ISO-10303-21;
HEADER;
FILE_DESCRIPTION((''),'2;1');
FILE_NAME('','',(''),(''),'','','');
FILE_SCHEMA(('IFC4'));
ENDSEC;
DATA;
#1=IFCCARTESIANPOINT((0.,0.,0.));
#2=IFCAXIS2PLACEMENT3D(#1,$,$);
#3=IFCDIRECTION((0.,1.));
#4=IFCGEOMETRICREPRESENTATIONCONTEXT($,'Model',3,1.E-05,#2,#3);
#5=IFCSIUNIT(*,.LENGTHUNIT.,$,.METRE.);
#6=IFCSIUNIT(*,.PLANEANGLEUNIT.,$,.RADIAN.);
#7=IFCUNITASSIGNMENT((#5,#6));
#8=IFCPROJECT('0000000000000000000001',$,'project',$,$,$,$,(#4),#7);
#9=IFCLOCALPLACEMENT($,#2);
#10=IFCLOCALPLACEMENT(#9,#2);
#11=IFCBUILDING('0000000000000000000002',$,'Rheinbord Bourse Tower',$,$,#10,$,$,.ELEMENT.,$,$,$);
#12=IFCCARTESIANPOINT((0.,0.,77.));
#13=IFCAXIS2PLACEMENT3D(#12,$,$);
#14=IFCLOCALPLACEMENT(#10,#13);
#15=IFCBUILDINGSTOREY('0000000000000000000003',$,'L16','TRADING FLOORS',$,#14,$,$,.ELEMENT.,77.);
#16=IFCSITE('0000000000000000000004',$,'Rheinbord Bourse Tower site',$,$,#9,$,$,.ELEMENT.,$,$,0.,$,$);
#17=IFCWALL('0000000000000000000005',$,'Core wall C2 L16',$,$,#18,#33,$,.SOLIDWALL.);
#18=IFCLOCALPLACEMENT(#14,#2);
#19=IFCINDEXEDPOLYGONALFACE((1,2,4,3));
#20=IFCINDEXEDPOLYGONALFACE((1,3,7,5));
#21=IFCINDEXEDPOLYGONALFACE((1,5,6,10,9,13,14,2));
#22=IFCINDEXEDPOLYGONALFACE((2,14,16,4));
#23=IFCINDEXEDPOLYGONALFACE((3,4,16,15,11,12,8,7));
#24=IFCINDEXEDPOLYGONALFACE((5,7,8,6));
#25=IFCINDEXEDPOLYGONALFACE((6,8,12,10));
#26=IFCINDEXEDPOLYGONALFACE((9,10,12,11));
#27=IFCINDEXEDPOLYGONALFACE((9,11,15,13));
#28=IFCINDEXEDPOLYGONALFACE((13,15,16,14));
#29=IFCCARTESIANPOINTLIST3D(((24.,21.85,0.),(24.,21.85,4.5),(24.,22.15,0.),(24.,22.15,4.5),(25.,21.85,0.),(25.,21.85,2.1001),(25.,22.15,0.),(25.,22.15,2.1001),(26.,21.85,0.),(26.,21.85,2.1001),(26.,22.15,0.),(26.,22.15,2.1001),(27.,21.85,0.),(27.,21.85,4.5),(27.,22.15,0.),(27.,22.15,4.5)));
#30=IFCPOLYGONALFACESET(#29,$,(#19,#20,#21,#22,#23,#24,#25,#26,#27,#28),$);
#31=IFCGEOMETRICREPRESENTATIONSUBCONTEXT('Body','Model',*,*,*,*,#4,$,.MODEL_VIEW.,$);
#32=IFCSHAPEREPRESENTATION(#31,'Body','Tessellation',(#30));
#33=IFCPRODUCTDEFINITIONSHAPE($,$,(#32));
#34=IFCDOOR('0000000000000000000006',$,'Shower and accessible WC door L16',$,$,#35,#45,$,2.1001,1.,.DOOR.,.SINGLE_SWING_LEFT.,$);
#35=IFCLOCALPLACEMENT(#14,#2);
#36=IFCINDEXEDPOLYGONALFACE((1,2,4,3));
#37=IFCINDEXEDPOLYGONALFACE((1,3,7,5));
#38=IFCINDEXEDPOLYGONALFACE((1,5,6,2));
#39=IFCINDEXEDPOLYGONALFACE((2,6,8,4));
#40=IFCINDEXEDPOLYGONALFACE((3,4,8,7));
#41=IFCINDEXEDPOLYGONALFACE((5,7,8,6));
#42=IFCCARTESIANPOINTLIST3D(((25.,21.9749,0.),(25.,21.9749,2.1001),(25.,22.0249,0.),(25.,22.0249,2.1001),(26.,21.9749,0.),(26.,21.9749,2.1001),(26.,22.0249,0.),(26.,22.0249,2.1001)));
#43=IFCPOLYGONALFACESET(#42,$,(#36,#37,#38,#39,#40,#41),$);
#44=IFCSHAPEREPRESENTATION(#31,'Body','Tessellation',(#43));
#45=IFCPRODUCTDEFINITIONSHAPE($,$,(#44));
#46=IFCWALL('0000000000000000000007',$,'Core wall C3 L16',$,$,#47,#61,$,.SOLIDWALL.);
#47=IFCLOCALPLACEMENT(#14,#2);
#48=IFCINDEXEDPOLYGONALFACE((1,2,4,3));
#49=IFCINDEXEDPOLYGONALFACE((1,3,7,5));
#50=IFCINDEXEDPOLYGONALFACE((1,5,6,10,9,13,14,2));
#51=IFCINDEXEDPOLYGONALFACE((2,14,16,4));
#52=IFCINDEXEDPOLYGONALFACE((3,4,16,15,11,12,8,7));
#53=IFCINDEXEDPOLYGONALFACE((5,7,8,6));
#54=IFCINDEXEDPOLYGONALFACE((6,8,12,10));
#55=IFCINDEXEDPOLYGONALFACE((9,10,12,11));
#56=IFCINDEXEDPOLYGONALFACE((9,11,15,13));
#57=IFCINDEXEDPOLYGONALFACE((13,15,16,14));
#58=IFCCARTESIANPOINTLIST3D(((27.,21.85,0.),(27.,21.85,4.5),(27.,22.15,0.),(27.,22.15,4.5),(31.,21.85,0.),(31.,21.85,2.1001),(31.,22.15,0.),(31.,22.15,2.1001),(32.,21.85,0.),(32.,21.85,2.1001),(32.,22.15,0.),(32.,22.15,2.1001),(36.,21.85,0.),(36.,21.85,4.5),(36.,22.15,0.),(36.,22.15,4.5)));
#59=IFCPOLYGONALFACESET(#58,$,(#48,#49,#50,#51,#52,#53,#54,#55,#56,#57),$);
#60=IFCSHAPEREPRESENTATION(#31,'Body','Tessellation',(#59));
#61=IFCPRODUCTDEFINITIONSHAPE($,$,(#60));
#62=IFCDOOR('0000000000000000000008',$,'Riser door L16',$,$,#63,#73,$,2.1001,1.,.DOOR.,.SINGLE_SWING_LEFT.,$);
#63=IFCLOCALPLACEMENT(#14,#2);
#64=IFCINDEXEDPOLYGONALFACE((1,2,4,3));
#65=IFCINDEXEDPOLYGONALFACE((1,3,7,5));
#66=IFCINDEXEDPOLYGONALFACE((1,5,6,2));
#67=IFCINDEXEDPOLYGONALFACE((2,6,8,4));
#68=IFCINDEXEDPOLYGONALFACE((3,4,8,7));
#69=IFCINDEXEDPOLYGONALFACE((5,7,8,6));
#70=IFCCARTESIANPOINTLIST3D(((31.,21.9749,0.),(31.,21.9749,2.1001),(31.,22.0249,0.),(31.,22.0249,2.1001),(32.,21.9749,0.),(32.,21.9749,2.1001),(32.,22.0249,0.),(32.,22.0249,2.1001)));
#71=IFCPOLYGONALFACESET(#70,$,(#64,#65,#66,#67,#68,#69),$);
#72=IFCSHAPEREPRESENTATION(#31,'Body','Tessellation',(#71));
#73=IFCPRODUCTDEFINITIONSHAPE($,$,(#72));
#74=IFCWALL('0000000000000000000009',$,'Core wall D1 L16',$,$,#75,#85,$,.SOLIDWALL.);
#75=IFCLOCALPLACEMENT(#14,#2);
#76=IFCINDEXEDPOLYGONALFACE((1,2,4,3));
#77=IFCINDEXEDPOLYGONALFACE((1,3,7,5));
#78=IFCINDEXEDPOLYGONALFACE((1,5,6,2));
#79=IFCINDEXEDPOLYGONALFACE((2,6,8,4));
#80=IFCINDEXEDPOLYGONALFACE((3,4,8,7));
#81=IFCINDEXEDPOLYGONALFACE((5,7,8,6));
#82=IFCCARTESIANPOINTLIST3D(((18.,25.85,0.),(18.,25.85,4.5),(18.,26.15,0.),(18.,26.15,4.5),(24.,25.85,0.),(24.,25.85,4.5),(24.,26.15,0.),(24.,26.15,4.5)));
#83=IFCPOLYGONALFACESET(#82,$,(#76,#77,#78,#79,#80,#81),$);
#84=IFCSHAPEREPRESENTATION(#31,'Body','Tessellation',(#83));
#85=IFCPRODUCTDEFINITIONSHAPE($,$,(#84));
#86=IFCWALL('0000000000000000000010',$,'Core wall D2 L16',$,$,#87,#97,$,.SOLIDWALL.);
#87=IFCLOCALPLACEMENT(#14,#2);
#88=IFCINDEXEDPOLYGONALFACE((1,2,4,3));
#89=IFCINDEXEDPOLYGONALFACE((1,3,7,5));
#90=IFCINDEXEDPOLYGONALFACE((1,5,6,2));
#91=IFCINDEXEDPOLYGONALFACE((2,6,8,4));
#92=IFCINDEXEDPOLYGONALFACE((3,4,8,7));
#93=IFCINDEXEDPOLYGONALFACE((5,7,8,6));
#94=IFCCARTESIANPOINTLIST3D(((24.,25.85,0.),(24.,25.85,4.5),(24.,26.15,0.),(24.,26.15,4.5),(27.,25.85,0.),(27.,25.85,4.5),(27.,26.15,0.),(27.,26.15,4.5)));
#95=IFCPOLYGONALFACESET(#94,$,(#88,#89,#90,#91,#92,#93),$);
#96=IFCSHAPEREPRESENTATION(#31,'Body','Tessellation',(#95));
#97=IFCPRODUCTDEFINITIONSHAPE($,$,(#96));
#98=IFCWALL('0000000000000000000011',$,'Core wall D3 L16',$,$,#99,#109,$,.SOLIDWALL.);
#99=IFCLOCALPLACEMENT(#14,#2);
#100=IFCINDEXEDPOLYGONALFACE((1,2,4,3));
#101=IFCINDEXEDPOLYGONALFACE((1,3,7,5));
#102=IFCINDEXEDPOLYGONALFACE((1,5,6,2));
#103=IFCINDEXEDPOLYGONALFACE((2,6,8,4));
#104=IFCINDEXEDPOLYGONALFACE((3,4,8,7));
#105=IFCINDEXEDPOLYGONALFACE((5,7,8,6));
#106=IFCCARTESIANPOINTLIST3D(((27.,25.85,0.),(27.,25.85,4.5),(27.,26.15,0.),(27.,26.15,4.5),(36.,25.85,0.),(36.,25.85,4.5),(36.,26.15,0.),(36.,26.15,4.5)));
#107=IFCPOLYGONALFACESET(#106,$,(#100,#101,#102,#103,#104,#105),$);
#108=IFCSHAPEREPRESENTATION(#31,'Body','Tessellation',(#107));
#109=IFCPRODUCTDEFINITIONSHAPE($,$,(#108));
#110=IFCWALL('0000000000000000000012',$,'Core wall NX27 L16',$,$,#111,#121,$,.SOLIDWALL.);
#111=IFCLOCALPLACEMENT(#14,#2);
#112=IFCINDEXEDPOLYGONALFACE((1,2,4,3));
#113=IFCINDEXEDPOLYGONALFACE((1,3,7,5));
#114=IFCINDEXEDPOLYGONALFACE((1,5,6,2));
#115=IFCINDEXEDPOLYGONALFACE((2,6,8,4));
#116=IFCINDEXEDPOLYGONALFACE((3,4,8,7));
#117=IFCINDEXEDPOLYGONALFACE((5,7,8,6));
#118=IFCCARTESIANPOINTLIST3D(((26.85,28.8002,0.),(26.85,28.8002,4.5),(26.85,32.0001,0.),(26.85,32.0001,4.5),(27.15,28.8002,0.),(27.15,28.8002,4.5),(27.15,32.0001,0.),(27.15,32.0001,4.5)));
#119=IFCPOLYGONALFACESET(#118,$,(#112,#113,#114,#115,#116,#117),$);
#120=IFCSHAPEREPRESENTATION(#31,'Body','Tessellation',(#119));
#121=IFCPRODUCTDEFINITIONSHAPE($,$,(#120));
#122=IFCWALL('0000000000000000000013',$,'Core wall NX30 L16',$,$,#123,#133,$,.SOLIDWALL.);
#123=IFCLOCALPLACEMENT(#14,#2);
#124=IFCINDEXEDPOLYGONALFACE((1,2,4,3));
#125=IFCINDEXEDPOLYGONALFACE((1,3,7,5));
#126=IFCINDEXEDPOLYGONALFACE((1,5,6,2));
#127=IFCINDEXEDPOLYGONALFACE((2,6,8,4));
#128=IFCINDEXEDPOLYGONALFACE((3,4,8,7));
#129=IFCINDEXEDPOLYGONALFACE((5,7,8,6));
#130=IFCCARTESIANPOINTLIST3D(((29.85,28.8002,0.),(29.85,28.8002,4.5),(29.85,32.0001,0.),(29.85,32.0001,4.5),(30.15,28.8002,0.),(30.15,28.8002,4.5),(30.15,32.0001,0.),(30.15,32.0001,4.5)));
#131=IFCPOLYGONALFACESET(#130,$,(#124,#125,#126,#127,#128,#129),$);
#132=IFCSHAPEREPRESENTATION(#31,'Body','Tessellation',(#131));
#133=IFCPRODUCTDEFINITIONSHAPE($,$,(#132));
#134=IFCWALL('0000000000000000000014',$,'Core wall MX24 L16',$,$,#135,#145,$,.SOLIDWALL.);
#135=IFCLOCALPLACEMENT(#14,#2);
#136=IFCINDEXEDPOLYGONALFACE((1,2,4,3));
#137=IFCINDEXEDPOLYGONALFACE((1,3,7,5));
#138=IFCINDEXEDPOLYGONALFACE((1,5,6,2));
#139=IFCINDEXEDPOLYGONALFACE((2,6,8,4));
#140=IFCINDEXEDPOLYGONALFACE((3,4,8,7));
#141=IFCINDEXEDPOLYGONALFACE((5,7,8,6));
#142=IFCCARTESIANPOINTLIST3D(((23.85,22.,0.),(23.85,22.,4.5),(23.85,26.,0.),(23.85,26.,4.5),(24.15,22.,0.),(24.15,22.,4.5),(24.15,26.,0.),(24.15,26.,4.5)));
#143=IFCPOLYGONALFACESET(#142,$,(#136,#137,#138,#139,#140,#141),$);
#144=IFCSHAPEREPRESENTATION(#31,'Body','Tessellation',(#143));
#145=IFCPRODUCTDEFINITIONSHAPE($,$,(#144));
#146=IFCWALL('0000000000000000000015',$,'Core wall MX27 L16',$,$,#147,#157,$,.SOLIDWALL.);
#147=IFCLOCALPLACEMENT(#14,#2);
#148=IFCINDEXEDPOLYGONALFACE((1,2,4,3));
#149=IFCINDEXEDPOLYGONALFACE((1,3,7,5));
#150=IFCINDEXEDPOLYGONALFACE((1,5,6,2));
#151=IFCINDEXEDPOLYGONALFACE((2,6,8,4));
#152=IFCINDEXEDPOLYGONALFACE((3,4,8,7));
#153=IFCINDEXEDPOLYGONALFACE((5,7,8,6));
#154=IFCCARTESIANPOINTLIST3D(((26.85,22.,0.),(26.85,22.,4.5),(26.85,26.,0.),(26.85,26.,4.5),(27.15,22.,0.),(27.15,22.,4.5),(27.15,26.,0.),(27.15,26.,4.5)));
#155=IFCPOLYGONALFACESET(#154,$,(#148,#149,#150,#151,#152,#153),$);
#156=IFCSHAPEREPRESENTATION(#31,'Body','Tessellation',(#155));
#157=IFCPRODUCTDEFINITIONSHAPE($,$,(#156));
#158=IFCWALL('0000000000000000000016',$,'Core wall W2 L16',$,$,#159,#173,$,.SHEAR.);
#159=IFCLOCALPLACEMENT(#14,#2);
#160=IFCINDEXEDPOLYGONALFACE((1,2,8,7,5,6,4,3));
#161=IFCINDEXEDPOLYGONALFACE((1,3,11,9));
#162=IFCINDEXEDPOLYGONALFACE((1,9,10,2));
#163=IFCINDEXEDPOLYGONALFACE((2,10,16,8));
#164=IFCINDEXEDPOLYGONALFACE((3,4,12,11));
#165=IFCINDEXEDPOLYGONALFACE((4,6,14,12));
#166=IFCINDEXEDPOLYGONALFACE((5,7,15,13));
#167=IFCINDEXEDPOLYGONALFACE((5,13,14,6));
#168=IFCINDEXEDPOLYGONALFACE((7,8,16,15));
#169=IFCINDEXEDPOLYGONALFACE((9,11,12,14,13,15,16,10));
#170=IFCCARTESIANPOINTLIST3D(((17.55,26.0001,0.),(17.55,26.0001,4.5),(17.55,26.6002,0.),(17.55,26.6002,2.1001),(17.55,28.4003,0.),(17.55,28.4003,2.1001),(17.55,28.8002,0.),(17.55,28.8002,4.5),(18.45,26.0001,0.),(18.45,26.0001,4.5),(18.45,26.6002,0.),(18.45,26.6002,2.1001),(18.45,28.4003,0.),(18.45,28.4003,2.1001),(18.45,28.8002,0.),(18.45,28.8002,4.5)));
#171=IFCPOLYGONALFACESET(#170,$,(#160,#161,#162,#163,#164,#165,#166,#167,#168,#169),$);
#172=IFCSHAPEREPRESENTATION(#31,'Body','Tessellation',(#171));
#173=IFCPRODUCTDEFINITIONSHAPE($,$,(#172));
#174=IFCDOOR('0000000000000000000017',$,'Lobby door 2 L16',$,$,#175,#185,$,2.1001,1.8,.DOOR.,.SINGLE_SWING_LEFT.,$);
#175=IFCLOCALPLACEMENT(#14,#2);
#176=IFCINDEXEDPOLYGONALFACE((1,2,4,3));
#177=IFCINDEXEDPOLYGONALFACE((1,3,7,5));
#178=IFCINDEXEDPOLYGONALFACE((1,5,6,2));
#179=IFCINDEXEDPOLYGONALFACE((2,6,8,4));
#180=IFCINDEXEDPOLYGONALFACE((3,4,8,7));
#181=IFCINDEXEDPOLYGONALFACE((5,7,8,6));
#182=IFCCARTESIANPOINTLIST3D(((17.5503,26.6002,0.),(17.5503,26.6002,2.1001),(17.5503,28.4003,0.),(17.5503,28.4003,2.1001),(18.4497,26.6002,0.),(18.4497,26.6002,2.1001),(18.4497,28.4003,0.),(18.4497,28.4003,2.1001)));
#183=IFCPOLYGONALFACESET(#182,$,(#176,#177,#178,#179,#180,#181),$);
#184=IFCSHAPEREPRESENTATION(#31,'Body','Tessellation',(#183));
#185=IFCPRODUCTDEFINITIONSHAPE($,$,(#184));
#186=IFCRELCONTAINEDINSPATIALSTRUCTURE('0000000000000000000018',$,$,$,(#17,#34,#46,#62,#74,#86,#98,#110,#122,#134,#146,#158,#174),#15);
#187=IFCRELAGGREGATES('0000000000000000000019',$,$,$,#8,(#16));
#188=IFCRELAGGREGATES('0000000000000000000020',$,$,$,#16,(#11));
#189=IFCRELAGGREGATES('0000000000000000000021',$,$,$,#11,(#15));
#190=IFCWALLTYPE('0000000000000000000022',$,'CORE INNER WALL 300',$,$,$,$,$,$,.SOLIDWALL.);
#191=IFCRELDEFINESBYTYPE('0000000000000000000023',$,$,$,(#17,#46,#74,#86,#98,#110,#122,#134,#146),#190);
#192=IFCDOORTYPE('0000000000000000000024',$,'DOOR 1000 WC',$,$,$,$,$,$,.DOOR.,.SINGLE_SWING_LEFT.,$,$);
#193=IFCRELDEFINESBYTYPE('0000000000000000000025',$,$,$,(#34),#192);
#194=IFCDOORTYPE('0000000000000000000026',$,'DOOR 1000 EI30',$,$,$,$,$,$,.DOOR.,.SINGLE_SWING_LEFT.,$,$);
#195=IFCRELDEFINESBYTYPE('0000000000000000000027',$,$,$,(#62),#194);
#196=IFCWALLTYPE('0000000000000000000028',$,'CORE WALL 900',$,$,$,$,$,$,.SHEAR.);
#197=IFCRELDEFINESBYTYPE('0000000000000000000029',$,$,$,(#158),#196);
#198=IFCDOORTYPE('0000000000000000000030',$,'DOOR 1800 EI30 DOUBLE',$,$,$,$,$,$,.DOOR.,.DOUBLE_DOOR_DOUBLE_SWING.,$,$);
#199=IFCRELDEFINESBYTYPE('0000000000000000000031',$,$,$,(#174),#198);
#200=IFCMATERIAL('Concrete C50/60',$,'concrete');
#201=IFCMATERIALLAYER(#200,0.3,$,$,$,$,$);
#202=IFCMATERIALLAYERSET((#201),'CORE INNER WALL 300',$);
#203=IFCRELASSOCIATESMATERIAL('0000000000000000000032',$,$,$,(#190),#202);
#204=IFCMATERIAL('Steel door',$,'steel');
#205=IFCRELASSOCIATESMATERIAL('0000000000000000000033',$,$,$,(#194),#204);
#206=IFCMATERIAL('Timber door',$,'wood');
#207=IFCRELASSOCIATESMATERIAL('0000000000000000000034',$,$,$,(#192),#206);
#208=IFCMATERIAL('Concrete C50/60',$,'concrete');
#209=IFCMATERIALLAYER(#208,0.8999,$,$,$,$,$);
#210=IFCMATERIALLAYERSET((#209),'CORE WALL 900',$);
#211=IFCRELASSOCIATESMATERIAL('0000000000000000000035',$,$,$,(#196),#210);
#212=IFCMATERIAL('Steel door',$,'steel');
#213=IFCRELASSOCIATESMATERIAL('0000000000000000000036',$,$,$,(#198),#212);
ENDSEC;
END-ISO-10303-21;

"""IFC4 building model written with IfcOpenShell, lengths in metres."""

from ifc_helpers import new_model, si_unit, direction, frame, frame_2d, origin, place, context, subcontext, project, spatial, rectangle, extrude, material, layer, layer_set, type_object, element, fill, save


model = new_model("IFC4")

# Units and contexts
model_context = context("Model", 3, precision=1e-05, world=origin(), true_north=direction((0.0, 1.0)))
body_context = subcontext(model_context, "Body", "Model", "MODEL_VIEW")
ifc_project = project(units=[si_unit("LENGTHUNIT", "METRE"), si_unit("PLANEANGLEUNIT", "RADIAN")], contexts=[model_context])

# Site, building, storey
site_placement = place(None, origin())
site = spatial("IfcSite", under=ifc_project, at=site_placement, Name="Rheinbord Bourse Tower site", CompositionType="ELEMENT", RefElevation=0.0)
building_placement = place(site_placement, origin())
building = spatial("IfcBuilding", under=site, at=building_placement, Name="Rheinbord Bourse Tower", CompositionType="ELEMENT")
storey_placement = place(building_placement, frame((0.0, 0.0, 77.0)))
storey = spatial("IfcBuildingStorey", under=building, at=storey_placement, Name="L16", Description="TRADING FLOORS", CompositionType="ELEMENT", Elevation=77.0)

# Walls, openings, doors
ifc_material_1 = material(Name="Concrete C50/60", Category="concrete")
ifc_layer_1 = layer(ifc_material_1, 0.3)
ifc_layer_set_1 = layer_set([ifc_layer_1], Name="CORE INNER WALL 300")
wall_type_1 = type_object("IfcWallType", Name="CORE INNER WALL 300", PredefinedType="SOLIDWALL", material=ifc_layer_set_1)
ifc_material_2 = material(Name="Steel door", Category="steel")
door_type_1 = type_object("IfcDoorType", Name="DOOR 1000 EI30", OperationType="SINGLE_SWING_LEFT", PredefinedType="DOOR", material=ifc_material_2)
ifc_material_3 = material(Name="Timber door", Category="wood")
door_type_2 = type_object("IfcDoorType", Name="DOOR 1000 WC", OperationType="SINGLE_SWING_LEFT", PredefinedType="DOOR", material=ifc_material_3)
wall_1_placement = place(storey_placement, frame((24.0, 22.0, 0.0), z_axis=(0.0, 0.0, 1.0), x_axis=(1.0, 0.0, 0.0)))
wall_1 = element("IfcWall", 1, at=wall_1_placement, inside=storey, type_object=wall_type_1, Name="Core wall C2 L16", PredefinedType="SOLIDWALL", context=body_context, shape_type="SweptSolid", body=[
    extrude(rectangle(XDim=3.0, YDim=0.3, at=frame_2d((1.5, 0.0))), origin(), (0.0, 0.0, 1.0), 4.5),
])
opening_1_placement = place(wall_1_placement, frame((1.0, 0.0, 0.0)))
opening_1 = element("IfcOpeningElement", 2, at=opening_1_placement, cuts=wall_1, PredefinedType="OPENING", context=body_context, shape_type="SweptSolid", body=[
    extrude(rectangle(XDim=1.0, YDim=2.1001, at=frame_2d((0.5, 1.05))), frame((0.0, 0.1599, 0.0), z_axis=(0.0, -1.0, 0.0), x_axis=(1.0, 0.0, 0.0)), (0.0, 0.0, 1.0), 0.3201),
])
door_1_placement = place(opening_1_placement, origin())
door_1 = element("IfcDoor", 3, at=door_1_placement, inside=storey, type_object=door_type_2, Name="Shower and accessible WC door L16", OperationType="SINGLE_SWING_LEFT", OverallHeight=2.1001, OverallWidth=1.0, PredefinedType="DOOR", context=body_context, shape_type="SweptSolid", body=[
    extrude(rectangle(XDim=1.0, YDim=2.1001, at=frame_2d((0.5, 1.05))), frame((0.0, 0.0249, 0.0), z_axis=(0.0, -1.0, 0.0), x_axis=(1.0, 0.0, 0.0)), (0.0, 0.0, 1.0), 0.05),
])
fill(opening_1, door_1)
wall_2_placement = place(storey_placement, frame((27.0, 22.0, 0.0), z_axis=(0.0, 0.0, 1.0), x_axis=(1.0, 0.0, 0.0)))
wall_2 = element("IfcWall", 4, at=wall_2_placement, inside=storey, type_object=wall_type_1, Name="Core wall C3 L16", PredefinedType="SOLIDWALL", context=body_context, shape_type="SweptSolid", body=[
    extrude(rectangle(XDim=9.0, YDim=0.3, at=frame_2d((4.5, 0.0))), origin(), (0.0, 0.0, 1.0), 4.5),
])
opening_2_placement = place(wall_2_placement, frame((4.0, 0.0, 0.0)))
opening_2 = element("IfcOpeningElement", 5, at=opening_2_placement, cuts=wall_2, PredefinedType="OPENING", context=body_context, shape_type="SweptSolid", body=[
    extrude(rectangle(XDim=1.0, YDim=2.1001, at=frame_2d((0.5, 1.05))), frame((0.0, 0.1599, 0.0), z_axis=(0.0, -1.0, 0.0), x_axis=(1.0, 0.0, 0.0)), (0.0, 0.0, 1.0), 0.3201),
])
door_2_placement = place(opening_2_placement, origin())
door_2 = element("IfcDoor", 6, at=door_2_placement, inside=storey, type_object=door_type_1, Name="Riser door L16", OperationType="SINGLE_SWING_LEFT", OverallHeight=2.1001, OverallWidth=1.0, PredefinedType="DOOR", context=body_context, shape_type="SweptSolid", body=[
    extrude(rectangle(XDim=1.0, YDim=2.1001, at=frame_2d((0.5, 1.05))), frame((0.0, 0.0249, 0.0), z_axis=(0.0, -1.0, 0.0), x_axis=(1.0, 0.0, 0.0)), (0.0, 0.0, 1.0), 0.05),
])
fill(opening_2, door_2)

# Walls
wall_3_placement = place(storey_placement, frame((18.0, 26.0, 0.0), z_axis=(0.0, 0.0, 1.0), x_axis=(1.0, 0.0, 0.0)))
element("IfcWall", 7, at=wall_3_placement, inside=storey, type_object=wall_type_1, Name="Core wall D1 L16", PredefinedType="SOLIDWALL", context=body_context, shape_type="SweptSolid", body=[
    extrude(rectangle(XDim=6.0, YDim=0.3, at=frame_2d((3.0, 0.0))), origin(), (0.0, 0.0, 1.0), 4.5),
])
wall_4_placement = place(storey_placement, frame((24.0, 26.0, 0.0), z_axis=(0.0, 0.0, 1.0), x_axis=(1.0, 0.0, 0.0)))
element("IfcWall", 8, at=wall_4_placement, inside=storey, type_object=wall_type_1, Name="Core wall D2 L16", PredefinedType="SOLIDWALL", context=body_context, shape_type="SweptSolid", body=[
    extrude(rectangle(XDim=3.0, YDim=0.3, at=frame_2d((1.5, 0.0))), origin(), (0.0, 0.0, 1.0), 4.5),
])
wall_5_placement = place(storey_placement, frame((27.0, 26.0, 0.0), z_axis=(0.0, 0.0, 1.0), x_axis=(1.0, 0.0, 0.0)))
element("IfcWall", 9, at=wall_5_placement, inside=storey, type_object=wall_type_1, Name="Core wall D3 L16", PredefinedType="SOLIDWALL", context=body_context, shape_type="SweptSolid", body=[
    extrude(rectangle(XDim=9.0, YDim=0.3, at=frame_2d((4.5, 0.0))), origin(), (0.0, 0.0, 1.0), 4.5),
])
for number, where, z_axis, x_axis, name in (
    (10, (27.0, 28.8, 0.0), (0.0, 0.0, 1.0), (0.0, 1.0, 0.0), "Core wall NX27 L16"),
    (11, (30.0, 28.8, 0.0), (0.0, 0.0, 1.0), (0.0, 1.0, 0.0), "Core wall NX30 L16"),
):
    element("IfcWall", number, at=place(storey_placement, frame(where, z_axis=z_axis, x_axis=x_axis)), inside=storey, type_object=wall_type_1, Name=name, PredefinedType="SOLIDWALL", context=body_context, shape_type="SweptSolid", body=[
        extrude(rectangle(XDim=3.2, YDim=0.3, at=frame_2d((1.6001, 0.0))), origin(), (0.0, 0.0, 1.0), 4.5),
    ])
for number, where, z_axis, x_axis, name in (
    (12, (24.0, 22.0, 0.0), (0.0, 0.0, 1.0), (0.0, 1.0, 0.0), "Core wall MX24 L16"),
    (13, (27.0, 22.0, 0.0), (0.0, 0.0, 1.0), (0.0, 1.0, 0.0), "Core wall MX27 L16"),
):
    element("IfcWall", number, at=place(storey_placement, frame(where, z_axis=z_axis, x_axis=x_axis)), inside=storey, type_object=wall_type_1, Name=name, PredefinedType="SOLIDWALL", context=body_context, shape_type="SweptSolid", body=[
        extrude(rectangle(XDim=4.0, YDim=0.3, at=frame_2d((2.0, 0.0))), origin(), (0.0, 0.0, 1.0), 4.5),
    ])

# Wall, opening, door
ifc_material_4 = material(Name="Concrete C50/60", Category="concrete")
ifc_layer_2 = layer(ifc_material_4, 0.8999)
ifc_layer_set_2 = layer_set([ifc_layer_2], Name="CORE WALL 900")
wall_type_2 = type_object("IfcWallType", Name="CORE WALL 900", PredefinedType="SHEAR", material=ifc_layer_set_2)
wall_6_placement = place(storey_placement, frame((18.0, 28.8, 0.0), z_axis=(0.0, 0.0, 1.0), x_axis=(0.0, -1.0, 0.0)))
wall_6 = element("IfcWall", 14, at=wall_6_placement, inside=storey, type_object=wall_type_2, Name="Core wall W2 L16", PredefinedType="SHEAR", context=body_context, shape_type="SweptSolid", body=[
    extrude(rectangle(XDim=2.8, YDim=0.8999, at=frame_2d((1.3999, 0.0))), origin(), (0.0, 0.0, 1.0), 4.5),
])
opening_3_placement = place(wall_6_placement, frame((0.3999, 0.0, 0.0)))
opening_3 = element("IfcOpeningElement", 15, at=opening_3_placement, cuts=wall_6, PredefinedType="OPENING", context=body_context, shape_type="SweptSolid", body=[
    extrude(rectangle(XDim=1.8, YDim=2.1001, at=frame_2d((0.8999, 1.05))), frame((0.0, 0.46, 0.0), z_axis=(0.0, -1.0, 0.0), x_axis=(1.0, 0.0, 0.0)), (0.0, 0.0, 1.0), 0.9199),
])
ifc_material_5 = material(Name="Steel door", Category="steel")
door_type_3 = type_object("IfcDoorType", Name="DOOR 1800 EI30 DOUBLE", OperationType="DOUBLE_DOOR_DOUBLE_SWING", PredefinedType="DOOR", material=ifc_material_5)
door_3_placement = place(opening_3_placement, origin())
door_3 = element("IfcDoor", 16, at=door_3_placement, inside=storey, type_object=door_type_3, Name="Lobby door 2 L16", OperationType="SINGLE_SWING_LEFT", OverallHeight=2.1001, OverallWidth=1.8, PredefinedType="DOOR", context=body_context, shape_type="SweptSolid", body=[
    extrude(rectangle(XDim=1.8, YDim=2.1001, at=frame_2d((0.8999, 1.05))), frame((0.0, 0.4497, 0.0), z_axis=(0.0, -1.0, 0.0), x_axis=(1.0, 0.0, 0.0)), (0.0, 0.0, 1.0), 0.8994),
])
fill(opening_3, door_3)

save(model, "model.ifc")
